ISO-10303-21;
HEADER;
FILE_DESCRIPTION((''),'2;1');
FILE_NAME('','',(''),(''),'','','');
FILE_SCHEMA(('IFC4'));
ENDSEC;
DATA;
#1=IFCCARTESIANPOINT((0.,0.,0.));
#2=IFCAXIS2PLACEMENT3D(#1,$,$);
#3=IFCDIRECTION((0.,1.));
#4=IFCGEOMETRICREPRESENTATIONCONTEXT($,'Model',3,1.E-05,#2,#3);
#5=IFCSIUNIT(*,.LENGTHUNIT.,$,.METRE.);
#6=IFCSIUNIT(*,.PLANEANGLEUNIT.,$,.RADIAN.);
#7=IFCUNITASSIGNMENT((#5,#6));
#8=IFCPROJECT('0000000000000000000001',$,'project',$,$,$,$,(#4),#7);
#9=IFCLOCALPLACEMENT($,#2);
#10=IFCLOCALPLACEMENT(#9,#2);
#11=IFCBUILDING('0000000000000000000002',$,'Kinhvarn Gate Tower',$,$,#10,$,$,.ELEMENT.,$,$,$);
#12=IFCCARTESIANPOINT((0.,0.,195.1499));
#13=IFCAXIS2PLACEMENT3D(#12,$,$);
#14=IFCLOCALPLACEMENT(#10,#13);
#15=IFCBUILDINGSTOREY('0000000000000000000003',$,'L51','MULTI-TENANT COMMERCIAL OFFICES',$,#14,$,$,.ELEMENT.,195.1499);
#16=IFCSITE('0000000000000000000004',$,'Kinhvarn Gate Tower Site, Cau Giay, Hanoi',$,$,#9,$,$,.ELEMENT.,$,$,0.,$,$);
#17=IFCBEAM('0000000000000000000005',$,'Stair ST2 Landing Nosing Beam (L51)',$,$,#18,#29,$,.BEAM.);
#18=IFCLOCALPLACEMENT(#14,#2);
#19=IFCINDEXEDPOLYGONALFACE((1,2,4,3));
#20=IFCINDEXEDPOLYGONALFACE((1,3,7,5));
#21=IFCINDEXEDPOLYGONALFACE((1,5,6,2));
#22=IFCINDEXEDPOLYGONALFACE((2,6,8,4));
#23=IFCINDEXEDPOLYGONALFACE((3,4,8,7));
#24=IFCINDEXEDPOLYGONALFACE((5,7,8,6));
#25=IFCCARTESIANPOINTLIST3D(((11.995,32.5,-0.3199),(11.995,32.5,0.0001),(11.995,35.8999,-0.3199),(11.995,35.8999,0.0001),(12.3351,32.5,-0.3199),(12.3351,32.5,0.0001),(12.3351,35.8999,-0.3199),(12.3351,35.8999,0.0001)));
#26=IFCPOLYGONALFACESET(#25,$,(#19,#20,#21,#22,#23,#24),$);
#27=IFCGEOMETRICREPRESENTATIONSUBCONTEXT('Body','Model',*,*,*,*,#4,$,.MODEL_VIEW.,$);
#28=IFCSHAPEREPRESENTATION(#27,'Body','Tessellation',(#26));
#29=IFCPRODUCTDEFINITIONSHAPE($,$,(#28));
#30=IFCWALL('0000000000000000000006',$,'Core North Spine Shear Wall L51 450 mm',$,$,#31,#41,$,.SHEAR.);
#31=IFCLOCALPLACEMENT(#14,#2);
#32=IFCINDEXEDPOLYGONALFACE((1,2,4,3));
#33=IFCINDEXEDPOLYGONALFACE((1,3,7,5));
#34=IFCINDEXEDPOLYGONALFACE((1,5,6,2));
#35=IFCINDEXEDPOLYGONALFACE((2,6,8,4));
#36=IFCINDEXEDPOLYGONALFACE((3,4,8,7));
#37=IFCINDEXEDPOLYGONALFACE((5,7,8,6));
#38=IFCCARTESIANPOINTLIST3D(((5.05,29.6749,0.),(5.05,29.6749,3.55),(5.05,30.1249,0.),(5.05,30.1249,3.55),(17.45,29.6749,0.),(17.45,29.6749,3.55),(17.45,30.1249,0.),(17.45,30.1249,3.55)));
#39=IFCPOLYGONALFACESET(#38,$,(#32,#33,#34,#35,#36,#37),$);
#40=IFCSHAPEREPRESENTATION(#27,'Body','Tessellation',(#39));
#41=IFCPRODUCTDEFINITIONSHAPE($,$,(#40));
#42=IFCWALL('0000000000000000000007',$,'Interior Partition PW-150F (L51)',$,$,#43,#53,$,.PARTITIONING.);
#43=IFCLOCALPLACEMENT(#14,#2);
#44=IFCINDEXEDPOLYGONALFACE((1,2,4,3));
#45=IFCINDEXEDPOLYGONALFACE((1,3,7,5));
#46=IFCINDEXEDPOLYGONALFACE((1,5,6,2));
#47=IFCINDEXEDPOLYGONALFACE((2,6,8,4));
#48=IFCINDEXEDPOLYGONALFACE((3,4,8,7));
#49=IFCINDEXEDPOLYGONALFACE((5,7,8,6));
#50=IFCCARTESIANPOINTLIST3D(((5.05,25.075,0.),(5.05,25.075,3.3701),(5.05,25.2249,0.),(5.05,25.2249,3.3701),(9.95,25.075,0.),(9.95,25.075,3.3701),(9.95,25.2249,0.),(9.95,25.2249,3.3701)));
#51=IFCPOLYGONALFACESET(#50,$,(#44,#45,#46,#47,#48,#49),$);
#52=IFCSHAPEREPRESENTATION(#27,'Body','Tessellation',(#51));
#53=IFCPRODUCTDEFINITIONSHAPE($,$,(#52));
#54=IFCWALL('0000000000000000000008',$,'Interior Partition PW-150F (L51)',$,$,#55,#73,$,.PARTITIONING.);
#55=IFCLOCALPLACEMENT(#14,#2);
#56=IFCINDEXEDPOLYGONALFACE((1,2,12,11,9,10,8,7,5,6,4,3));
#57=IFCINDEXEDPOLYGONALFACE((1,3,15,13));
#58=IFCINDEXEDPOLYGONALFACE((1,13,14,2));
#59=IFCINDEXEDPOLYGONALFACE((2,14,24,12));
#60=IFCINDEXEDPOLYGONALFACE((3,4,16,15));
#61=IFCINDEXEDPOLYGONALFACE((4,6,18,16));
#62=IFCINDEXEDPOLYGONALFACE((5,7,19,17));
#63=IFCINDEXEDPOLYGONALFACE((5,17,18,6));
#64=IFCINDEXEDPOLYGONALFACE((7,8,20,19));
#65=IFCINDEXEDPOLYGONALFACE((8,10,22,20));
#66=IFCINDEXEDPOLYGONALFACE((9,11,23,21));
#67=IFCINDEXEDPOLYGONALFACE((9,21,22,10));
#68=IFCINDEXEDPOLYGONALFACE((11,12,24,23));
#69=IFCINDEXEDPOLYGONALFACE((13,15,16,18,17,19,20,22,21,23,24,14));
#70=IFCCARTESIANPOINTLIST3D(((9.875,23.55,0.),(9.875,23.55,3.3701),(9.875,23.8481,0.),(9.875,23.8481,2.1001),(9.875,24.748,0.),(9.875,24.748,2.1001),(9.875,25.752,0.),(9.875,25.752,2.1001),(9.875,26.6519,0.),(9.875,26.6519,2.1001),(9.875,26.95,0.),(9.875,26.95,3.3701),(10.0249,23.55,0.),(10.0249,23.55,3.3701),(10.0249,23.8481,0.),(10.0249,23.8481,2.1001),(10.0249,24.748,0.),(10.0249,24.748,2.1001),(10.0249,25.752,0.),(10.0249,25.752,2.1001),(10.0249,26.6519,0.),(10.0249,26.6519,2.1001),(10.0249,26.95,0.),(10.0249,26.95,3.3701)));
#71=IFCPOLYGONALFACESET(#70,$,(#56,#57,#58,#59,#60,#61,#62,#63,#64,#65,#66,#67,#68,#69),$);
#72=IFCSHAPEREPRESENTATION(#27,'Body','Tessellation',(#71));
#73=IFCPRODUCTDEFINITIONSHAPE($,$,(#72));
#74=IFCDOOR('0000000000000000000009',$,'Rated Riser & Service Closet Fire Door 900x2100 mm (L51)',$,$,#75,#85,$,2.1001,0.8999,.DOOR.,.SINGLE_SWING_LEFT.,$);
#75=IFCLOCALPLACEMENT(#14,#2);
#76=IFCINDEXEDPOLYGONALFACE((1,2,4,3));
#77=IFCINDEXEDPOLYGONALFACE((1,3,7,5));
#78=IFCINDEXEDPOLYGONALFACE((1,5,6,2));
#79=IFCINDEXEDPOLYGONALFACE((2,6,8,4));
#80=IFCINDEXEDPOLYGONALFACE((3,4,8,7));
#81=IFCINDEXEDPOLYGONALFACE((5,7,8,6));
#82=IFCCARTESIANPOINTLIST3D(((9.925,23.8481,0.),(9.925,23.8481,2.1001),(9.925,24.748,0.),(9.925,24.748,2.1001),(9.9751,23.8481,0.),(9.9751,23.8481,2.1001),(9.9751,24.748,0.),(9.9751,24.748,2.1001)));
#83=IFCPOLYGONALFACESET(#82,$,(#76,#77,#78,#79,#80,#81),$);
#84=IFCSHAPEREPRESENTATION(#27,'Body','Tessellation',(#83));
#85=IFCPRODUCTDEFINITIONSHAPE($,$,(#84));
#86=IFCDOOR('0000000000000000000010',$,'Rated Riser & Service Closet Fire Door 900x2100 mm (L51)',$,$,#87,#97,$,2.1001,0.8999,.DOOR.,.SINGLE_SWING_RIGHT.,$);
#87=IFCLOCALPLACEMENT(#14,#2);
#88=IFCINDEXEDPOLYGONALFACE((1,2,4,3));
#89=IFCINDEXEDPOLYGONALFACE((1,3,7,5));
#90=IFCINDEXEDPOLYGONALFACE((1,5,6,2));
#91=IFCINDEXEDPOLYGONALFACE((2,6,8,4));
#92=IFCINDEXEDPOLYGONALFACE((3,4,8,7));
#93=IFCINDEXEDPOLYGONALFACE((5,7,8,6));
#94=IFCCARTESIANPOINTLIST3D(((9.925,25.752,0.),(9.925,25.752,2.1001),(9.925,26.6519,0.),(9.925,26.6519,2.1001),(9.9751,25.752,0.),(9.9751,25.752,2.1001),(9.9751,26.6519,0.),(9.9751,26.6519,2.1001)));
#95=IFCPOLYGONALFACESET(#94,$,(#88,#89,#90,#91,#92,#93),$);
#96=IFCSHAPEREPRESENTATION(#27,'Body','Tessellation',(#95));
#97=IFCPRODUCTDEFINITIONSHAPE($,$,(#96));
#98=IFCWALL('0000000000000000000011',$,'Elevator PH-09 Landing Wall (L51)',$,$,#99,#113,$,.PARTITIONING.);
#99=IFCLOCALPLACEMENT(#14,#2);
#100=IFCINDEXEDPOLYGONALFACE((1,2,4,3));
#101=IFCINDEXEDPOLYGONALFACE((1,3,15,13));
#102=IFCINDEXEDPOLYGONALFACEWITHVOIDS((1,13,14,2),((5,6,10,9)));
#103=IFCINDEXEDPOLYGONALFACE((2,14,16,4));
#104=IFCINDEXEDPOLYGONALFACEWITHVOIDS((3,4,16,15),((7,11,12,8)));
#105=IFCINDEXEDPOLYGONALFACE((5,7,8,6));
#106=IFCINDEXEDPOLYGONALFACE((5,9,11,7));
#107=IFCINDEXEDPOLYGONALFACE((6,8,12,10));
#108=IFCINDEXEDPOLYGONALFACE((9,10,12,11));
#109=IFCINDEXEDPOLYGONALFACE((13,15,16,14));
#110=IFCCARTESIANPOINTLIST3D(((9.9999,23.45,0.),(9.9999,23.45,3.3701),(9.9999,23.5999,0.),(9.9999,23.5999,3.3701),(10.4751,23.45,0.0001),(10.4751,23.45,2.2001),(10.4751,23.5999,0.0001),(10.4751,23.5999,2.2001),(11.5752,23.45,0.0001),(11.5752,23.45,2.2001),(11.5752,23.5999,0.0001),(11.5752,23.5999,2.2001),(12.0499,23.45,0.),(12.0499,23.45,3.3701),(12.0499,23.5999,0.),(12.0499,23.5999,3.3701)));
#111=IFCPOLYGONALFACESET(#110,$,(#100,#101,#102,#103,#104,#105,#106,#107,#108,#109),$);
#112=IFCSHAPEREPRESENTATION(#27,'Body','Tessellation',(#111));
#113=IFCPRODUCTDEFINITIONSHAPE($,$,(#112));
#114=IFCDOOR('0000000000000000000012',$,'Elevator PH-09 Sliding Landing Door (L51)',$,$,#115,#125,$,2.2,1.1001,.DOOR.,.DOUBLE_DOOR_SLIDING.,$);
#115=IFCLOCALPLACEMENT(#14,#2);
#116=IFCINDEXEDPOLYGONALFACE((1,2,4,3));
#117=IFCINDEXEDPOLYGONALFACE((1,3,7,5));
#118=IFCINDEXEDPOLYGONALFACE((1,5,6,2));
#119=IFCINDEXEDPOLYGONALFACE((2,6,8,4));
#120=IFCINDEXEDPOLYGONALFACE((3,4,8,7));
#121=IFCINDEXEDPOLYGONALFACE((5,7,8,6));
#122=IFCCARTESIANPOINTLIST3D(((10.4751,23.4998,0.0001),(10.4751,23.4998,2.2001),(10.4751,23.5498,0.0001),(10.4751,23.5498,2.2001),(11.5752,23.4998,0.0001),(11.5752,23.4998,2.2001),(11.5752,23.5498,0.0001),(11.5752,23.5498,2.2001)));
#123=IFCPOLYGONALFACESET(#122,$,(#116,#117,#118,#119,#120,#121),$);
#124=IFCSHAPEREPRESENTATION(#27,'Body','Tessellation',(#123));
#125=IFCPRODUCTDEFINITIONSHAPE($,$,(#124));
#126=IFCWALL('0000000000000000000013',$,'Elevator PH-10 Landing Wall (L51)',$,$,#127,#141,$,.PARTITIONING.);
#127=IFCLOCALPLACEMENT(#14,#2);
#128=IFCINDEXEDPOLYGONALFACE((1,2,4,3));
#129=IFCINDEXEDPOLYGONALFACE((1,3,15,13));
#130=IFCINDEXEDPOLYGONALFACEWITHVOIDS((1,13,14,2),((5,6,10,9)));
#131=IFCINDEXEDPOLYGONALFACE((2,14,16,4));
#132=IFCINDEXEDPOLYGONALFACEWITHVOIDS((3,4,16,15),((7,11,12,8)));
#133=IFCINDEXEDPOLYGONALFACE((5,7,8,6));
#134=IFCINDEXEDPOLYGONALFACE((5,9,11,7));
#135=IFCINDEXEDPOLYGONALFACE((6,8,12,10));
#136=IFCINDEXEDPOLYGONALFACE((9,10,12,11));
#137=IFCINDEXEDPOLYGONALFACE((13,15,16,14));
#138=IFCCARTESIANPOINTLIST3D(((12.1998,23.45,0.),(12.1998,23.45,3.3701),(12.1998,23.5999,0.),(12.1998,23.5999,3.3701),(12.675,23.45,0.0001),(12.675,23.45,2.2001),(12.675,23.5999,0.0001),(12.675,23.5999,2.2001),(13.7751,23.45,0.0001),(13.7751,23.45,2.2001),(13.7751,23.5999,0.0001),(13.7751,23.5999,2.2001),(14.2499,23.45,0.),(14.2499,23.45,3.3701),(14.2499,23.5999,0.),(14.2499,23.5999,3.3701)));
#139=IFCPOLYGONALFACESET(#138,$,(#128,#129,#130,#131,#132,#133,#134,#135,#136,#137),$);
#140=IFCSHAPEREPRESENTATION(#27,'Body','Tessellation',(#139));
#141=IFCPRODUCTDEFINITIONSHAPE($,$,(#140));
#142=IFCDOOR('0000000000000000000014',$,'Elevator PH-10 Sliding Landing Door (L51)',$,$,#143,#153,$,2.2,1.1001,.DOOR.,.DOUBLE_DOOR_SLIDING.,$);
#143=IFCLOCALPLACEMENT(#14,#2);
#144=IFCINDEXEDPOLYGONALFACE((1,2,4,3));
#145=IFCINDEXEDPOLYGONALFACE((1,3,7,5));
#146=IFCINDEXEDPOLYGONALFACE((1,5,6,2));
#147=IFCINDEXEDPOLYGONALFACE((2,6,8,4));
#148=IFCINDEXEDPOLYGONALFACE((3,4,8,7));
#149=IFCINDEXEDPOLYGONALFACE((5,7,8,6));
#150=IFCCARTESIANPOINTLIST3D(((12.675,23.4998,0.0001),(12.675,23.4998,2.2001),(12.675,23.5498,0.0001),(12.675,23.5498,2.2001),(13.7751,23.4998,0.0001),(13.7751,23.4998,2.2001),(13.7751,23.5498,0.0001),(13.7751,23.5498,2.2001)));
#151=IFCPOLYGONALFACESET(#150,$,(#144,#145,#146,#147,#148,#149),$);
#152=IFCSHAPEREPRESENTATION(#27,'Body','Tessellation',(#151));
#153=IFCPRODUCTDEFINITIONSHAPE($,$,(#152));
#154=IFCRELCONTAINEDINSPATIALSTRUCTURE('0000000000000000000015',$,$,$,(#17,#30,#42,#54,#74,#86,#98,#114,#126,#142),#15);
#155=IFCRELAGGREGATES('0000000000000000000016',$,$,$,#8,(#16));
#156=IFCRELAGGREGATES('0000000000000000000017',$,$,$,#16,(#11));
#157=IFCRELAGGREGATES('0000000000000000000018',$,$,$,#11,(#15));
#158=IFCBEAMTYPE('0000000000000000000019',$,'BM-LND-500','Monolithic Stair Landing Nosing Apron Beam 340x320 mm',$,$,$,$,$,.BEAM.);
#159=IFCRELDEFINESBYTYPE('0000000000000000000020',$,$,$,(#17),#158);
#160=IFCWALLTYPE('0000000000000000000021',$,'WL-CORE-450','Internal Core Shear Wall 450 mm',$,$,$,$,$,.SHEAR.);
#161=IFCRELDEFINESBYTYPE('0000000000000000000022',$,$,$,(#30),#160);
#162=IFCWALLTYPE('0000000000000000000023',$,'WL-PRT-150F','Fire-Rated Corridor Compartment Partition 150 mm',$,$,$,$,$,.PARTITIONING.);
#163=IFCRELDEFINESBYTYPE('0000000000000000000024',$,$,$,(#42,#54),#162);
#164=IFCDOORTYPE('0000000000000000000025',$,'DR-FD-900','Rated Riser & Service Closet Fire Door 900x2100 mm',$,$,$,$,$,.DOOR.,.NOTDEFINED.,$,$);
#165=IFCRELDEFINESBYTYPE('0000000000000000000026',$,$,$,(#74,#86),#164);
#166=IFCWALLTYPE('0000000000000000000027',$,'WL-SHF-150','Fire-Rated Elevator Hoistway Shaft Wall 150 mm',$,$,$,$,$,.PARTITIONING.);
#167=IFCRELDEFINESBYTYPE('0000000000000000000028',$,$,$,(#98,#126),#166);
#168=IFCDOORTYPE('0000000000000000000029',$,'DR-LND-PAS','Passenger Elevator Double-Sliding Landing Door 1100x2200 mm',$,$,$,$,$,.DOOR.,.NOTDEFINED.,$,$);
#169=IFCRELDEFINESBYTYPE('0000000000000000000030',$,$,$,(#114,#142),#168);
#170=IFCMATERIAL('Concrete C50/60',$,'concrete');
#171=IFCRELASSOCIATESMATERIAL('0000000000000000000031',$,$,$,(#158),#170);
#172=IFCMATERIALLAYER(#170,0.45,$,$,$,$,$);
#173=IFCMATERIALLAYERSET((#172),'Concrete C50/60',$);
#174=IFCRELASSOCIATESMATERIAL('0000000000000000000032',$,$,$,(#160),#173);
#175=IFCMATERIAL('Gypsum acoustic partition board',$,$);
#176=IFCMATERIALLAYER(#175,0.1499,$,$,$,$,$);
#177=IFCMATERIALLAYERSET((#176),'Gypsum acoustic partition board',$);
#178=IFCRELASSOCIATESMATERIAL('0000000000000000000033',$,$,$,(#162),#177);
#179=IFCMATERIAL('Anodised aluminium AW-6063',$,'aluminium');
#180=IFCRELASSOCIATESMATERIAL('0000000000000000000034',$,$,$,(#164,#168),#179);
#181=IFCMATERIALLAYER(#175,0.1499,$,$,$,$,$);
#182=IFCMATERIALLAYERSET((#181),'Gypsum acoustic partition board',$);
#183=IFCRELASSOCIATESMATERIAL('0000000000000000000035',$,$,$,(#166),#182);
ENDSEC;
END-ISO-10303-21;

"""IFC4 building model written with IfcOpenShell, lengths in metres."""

from ifc_helpers import new_model, si_unit, direction, frame, frame_2d, origin, origin_2d, place, context, subcontext, project, spatial, rectangle, extrude, material, layer, layer_set, material_profile, profile_set, type_object, element, fill, save


model = new_model("IFC4")

# Units and contexts
model_context = context("Model", 3, precision=1e-05, world=origin(), true_north=direction((0.0, 1.0)))
body_context = subcontext(model_context, "Body", "Model", "MODEL_VIEW")
ifc_project = project(units=[si_unit("LENGTHUNIT", "METRE"), si_unit("PLANEANGLEUNIT", "RADIAN")], contexts=[model_context])

# Site, building, storey
site_placement = place(None, origin())
site = spatial("IfcSite", under=ifc_project, at=site_placement, Name="Kinhvarn Gate Tower Site, Cau Giay, Hanoi", CompositionType="ELEMENT", RefElevation=0.0)
building_placement = place(site_placement, origin())
building = spatial("IfcBuilding", under=site, at=building_placement, Name="Kinhvarn Gate Tower", CompositionType="ELEMENT")
storey_placement = place(building_placement, frame((0.0, 0.0, 195.1499)))
storey = spatial("IfcBuildingStorey", under=building, at=storey_placement, Name="L51", Description="MULTI-TENANT COMMERCIAL OFFICES", CompositionType="ELEMENT", Elevation=195.1499)

# Beam
ifc_material_1 = material(Name="Concrete C50/60", Category="concrete")
ifc_material_profile = material_profile(ifc_material_1, rectangle(XDim=0.3401, YDim=0.3201, at=origin_2d()), Name="RC 340x320")
ifc_profile_set = profile_set([ifc_material_profile], Name="Concrete C50/60")
beam_type = type_object("IfcBeamType", Name="BM-LND-500", Description="Monolithic Stair Landing Nosing Apron Beam 340x320 mm", PredefinedType="BEAM", material=ifc_profile_set)
beam_placement = place(storey_placement, frame((12.165, 32.5, -0.1599), z_axis=(0.0, 1.0, 0.0), x_axis=(-1.0, 0.0, 0.0)))
element("IfcBeam", 1, at=beam_placement, inside=storey, type_object=beam_type, Name="Stair ST2 Landing Nosing Beam (L51)", PredefinedType="BEAM", context=body_context, shape_type="SweptSolid", body=[
    extrude(rectangle(XDim=0.3401, YDim=0.3201, at=origin_2d()), origin(), (0.0, 0.0, 1.0), 3.3999),
])

# Walls
ifc_layer_1 = layer(ifc_material_1, 0.45)
ifc_layer_set_1 = layer_set([ifc_layer_1], Name="Concrete C50/60")
wall_type_1 = type_object("IfcWallType", Name="WL-CORE-450", Description="Internal Core Shear Wall 450 mm", PredefinedType="SHEAR", material=ifc_layer_set_1)
wall_1_placement = place(storey_placement, frame((5.05, 29.8999, 0.0), z_axis=(0.0, 0.0, 1.0), x_axis=(1.0, 0.0, 0.0)))
element("IfcWall", 2, at=wall_1_placement, inside=storey, type_object=wall_type_1, Name="Core North Spine Shear Wall L51 450 mm", PredefinedType="SHEAR", context=body_context, shape_type="SweptSolid", body=[
    extrude(rectangle(XDim=12.3999, YDim=0.45, at=frame_2d((6.2, 0.0))), origin(), (0.0, 0.0, 1.0), 3.55),
])
ifc_material_2 = material(Name="Gypsum acoustic partition board")
ifc_layer_2 = layer(ifc_material_2, 0.1499)
ifc_layer_set_2 = layer_set([ifc_layer_2], Name="Gypsum acoustic partition board")
wall_type_2 = type_object("IfcWallType", Name="WL-PRT-150F", Description="Fire-Rated Corridor Compartment Partition 150 mm", PredefinedType="PARTITIONING", material=ifc_layer_set_2)
wall_2_placement = place(storey_placement, frame((5.05, 25.1499, 0.0), z_axis=(0.0, 0.0, 1.0), x_axis=(1.0, 0.0, 0.0)))
element("IfcWall", 3, at=wall_2_placement, inside=storey, type_object=wall_type_2, Name="Interior Partition PW-150F (L51)", PredefinedType="PARTITIONING", context=body_context, shape_type="SweptSolid", body=[
    extrude(rectangle(XDim=4.8999, YDim=0.1499, at=frame_2d((2.45, 0.0))), origin(), (0.0, 0.0, 1.0), 3.3701),
])

# Wall, openings, doors
wall_3_placement = place(storey_placement, frame((9.95, 23.55, 0.0), z_axis=(0.0, 0.0, 1.0), x_axis=(0.0, 1.0, 0.0)))
wall_3 = element("IfcWall", 4, at=wall_3_placement, inside=storey, type_object=wall_type_2, Name="Interior Partition PW-150F (L51)", PredefinedType="PARTITIONING", context=body_context, shape_type="SweptSolid", body=[
    extrude(rectangle(XDim=3.3999, YDim=0.1499, at=frame_2d((1.7, 0.0))), origin(), (0.0, 0.0, 1.0), 3.3701),
])
opening_1_placement = place(wall_3_placement, frame((0.2981, 0.0, 0.0)))
opening_1 = element("IfcOpeningElement", 5, at=opening_1_placement, cuts=wall_3, PredefinedType="OPENING", context=body_context, shape_type="SweptSolid", body=[
    extrude(rectangle(XDim=0.8999, YDim=2.1001, at=frame_2d((0.45, 1.05))), frame((0.0, 0.085, 0.0), z_axis=(0.0, -1.0, 0.0), x_axis=(1.0, 0.0, 0.0)), (0.0, 0.0, 1.0), 0.1699),
])
opening_2_placement = place(wall_3_placement, frame((2.2019, 0.0, 0.0)))
opening_2 = element("IfcOpeningElement", 6, at=opening_2_placement, cuts=wall_3, PredefinedType="OPENING", context=body_context, shape_type="SweptSolid", body=[
    extrude(rectangle(XDim=0.8999, YDim=2.1001, at=frame_2d((0.45, 1.05))), frame((0.0, 0.085, 0.0), z_axis=(0.0, -1.0, 0.0), x_axis=(1.0, 0.0, 0.0)), (0.0, 0.0, 1.0), 0.1699),
])
ifc_material_3 = material(Name="Anodised aluminium AW-6063", Category="aluminium")
door_type_1 = type_object("IfcDoorType", Name="DR-FD-900", Description="Rated Riser & Service Closet Fire Door 900x2100 mm", OperationType="NOTDEFINED", PredefinedType="DOOR", material=ifc_material_3)
door_1_placement = place(opening_1_placement, origin())
door_1 = element("IfcDoor", 7, at=door_1_placement, inside=storey, type_object=door_type_1, Name="Rated Riser & Service Closet Fire Door 900x2100 mm (L51)", OperationType="SINGLE_SWING_LEFT", OverallHeight=2.1001, OverallWidth=0.8999, PredefinedType="DOOR", context=body_context, shape_type="SweptSolid", body=[
    extrude(rectangle(XDim=0.8999, YDim=2.1001, at=frame_2d((0.45, 1.05))), frame((0.0, 0.0249, 0.0), z_axis=(0.0, -1.0, 0.0), x_axis=(1.0, 0.0, 0.0)), (0.0, 0.0, 1.0), 0.05),
])
fill(opening_1, door_1)
door_2_placement = place(opening_2_placement, origin())
door_2 = element("IfcDoor", 8, at=door_2_placement, inside=storey, type_object=door_type_1, Name="Rated Riser & Service Closet Fire Door 900x2100 mm (L51)", OperationType="SINGLE_SWING_RIGHT", OverallHeight=2.1001, OverallWidth=0.8999, PredefinedType="DOOR", context=body_context, shape_type="SweptSolid", body=[
    extrude(rectangle(XDim=0.8999, YDim=2.1001, at=frame_2d((0.45, 1.05))), frame((0.0, 0.0249, 0.0), z_axis=(0.0, -1.0, 0.0), x_axis=(1.0, 0.0, 0.0)), (0.0, 0.0, 1.0), 0.05),
])
fill(opening_2, door_2)

# Walls, openings, doors
ifc_layer_3 = layer(ifc_material_2, 0.1499)
ifc_layer_set_3 = layer_set([ifc_layer_3], Name="Gypsum acoustic partition board")
wall_type_3 = type_object("IfcWallType", Name="WL-SHF-150", Description="Fire-Rated Elevator Hoistway Shaft Wall 150 mm", PredefinedType="PARTITIONING", material=ifc_layer_set_3)
wall_4_placement = place(storey_placement, frame((10.0, 23.5249, 0.0), z_axis=(0.0, 0.0, 1.0), x_axis=(1.0, 0.0, 0.0)))
wall_4 = element("IfcWall", 9, at=wall_4_placement, inside=storey, type_object=wall_type_3, Name="Elevator PH-09 Landing Wall (L51)", PredefinedType="PARTITIONING", context=body_context, shape_type="SweptSolid", body=[
    extrude(rectangle(XDim=2.05, YDim=0.1499, at=frame_2d((1.0249, 0.0))), origin(), (0.0, 0.0, 1.0), 3.3701),
])
opening_3_placement = place(wall_4_placement, frame((0.4751, 0.0, 0.0)))
opening_3 = element("IfcOpeningElement", 10, at=opening_3_placement, cuts=wall_4, PredefinedType="OPENING", context=body_context, shape_type="SweptSolid", body=[
    extrude(rectangle(XDim=1.1001, YDim=2.2, at=frame_2d((0.55, 1.1001))), frame((0.0, 0.085, 0.0), z_axis=(0.0, -1.0, 0.0), x_axis=(1.0, 0.0, 0.0)), (0.0, 0.0, 1.0), 0.1699),
])
door_type_2 = type_object("IfcDoorType", Name="DR-LND-PAS", Description="Passenger Elevator Double-Sliding Landing Door 1100x2200 mm", OperationType="NOTDEFINED", PredefinedType="DOOR", material=ifc_material_3)
door_3_placement = place(opening_3_placement, origin())
door_3 = element("IfcDoor", 11, at=door_3_placement, inside=storey, type_object=door_type_2, Name="Elevator PH-09 Sliding Landing Door (L51)", OperationType="DOUBLE_DOOR_SLIDING", OverallHeight=2.2, OverallWidth=1.1001, PredefinedType="DOOR", context=body_context, shape_type="SweptSolid", body=[
    extrude(rectangle(XDim=1.1001, YDim=2.2, at=frame_2d((0.55, 1.1001))), frame((0.0, 0.0249, 0.0), z_axis=(0.0, -1.0, 0.0), x_axis=(1.0, 0.0, 0.0)), (0.0, 0.0, 1.0), 0.05),
])
fill(opening_3, door_3)
wall_5_placement = place(storey_placement, frame((12.2, 23.5249, 0.0), z_axis=(0.0, 0.0, 1.0), x_axis=(1.0, 0.0, 0.0)))
wall_5 = element("IfcWall", 12, at=wall_5_placement, inside=storey, type_object=wall_type_3, Name="Elevator PH-10 Landing Wall (L51)", PredefinedType="PARTITIONING", context=body_context, shape_type="SweptSolid", body=[
    extrude(rectangle(XDim=2.05, YDim=0.1499, at=frame_2d((1.0249, 0.0))), origin(), (0.0, 0.0, 1.0), 3.3701),
])
opening_4_placement = place(wall_5_placement, frame((0.4751, 0.0, 0.0)))
opening_4 = element("IfcOpeningElement", 13, at=opening_4_placement, cuts=wall_5, PredefinedType="OPENING", context=body_context, shape_type="SweptSolid", body=[
    extrude(rectangle(XDim=1.1001, YDim=2.2, at=frame_2d((0.55, 1.1001))), frame((0.0, 0.085, 0.0), z_axis=(0.0, -1.0, 0.0), x_axis=(1.0, 0.0, 0.0)), (0.0, 0.0, 1.0), 0.1699),
])
door_4_placement = place(opening_4_placement, origin())
door_4 = element("IfcDoor", 14, at=door_4_placement, inside=storey, type_object=door_type_2, Name="Elevator PH-10 Sliding Landing Door (L51)", OperationType="DOUBLE_DOOR_SLIDING", OverallHeight=2.2, OverallWidth=1.1001, PredefinedType="DOOR", context=body_context, shape_type="SweptSolid", body=[
    extrude(rectangle(XDim=1.1001, YDim=2.2, at=frame_2d((0.55, 1.1001))), frame((0.0, 0.0249, 0.0), z_axis=(0.0, -1.0, 0.0), x_axis=(1.0, 0.0, 0.0)), (0.0, 0.0, 1.0), 0.05),
])
fill(opening_4, door_4)

save(model, "model.ifc")
